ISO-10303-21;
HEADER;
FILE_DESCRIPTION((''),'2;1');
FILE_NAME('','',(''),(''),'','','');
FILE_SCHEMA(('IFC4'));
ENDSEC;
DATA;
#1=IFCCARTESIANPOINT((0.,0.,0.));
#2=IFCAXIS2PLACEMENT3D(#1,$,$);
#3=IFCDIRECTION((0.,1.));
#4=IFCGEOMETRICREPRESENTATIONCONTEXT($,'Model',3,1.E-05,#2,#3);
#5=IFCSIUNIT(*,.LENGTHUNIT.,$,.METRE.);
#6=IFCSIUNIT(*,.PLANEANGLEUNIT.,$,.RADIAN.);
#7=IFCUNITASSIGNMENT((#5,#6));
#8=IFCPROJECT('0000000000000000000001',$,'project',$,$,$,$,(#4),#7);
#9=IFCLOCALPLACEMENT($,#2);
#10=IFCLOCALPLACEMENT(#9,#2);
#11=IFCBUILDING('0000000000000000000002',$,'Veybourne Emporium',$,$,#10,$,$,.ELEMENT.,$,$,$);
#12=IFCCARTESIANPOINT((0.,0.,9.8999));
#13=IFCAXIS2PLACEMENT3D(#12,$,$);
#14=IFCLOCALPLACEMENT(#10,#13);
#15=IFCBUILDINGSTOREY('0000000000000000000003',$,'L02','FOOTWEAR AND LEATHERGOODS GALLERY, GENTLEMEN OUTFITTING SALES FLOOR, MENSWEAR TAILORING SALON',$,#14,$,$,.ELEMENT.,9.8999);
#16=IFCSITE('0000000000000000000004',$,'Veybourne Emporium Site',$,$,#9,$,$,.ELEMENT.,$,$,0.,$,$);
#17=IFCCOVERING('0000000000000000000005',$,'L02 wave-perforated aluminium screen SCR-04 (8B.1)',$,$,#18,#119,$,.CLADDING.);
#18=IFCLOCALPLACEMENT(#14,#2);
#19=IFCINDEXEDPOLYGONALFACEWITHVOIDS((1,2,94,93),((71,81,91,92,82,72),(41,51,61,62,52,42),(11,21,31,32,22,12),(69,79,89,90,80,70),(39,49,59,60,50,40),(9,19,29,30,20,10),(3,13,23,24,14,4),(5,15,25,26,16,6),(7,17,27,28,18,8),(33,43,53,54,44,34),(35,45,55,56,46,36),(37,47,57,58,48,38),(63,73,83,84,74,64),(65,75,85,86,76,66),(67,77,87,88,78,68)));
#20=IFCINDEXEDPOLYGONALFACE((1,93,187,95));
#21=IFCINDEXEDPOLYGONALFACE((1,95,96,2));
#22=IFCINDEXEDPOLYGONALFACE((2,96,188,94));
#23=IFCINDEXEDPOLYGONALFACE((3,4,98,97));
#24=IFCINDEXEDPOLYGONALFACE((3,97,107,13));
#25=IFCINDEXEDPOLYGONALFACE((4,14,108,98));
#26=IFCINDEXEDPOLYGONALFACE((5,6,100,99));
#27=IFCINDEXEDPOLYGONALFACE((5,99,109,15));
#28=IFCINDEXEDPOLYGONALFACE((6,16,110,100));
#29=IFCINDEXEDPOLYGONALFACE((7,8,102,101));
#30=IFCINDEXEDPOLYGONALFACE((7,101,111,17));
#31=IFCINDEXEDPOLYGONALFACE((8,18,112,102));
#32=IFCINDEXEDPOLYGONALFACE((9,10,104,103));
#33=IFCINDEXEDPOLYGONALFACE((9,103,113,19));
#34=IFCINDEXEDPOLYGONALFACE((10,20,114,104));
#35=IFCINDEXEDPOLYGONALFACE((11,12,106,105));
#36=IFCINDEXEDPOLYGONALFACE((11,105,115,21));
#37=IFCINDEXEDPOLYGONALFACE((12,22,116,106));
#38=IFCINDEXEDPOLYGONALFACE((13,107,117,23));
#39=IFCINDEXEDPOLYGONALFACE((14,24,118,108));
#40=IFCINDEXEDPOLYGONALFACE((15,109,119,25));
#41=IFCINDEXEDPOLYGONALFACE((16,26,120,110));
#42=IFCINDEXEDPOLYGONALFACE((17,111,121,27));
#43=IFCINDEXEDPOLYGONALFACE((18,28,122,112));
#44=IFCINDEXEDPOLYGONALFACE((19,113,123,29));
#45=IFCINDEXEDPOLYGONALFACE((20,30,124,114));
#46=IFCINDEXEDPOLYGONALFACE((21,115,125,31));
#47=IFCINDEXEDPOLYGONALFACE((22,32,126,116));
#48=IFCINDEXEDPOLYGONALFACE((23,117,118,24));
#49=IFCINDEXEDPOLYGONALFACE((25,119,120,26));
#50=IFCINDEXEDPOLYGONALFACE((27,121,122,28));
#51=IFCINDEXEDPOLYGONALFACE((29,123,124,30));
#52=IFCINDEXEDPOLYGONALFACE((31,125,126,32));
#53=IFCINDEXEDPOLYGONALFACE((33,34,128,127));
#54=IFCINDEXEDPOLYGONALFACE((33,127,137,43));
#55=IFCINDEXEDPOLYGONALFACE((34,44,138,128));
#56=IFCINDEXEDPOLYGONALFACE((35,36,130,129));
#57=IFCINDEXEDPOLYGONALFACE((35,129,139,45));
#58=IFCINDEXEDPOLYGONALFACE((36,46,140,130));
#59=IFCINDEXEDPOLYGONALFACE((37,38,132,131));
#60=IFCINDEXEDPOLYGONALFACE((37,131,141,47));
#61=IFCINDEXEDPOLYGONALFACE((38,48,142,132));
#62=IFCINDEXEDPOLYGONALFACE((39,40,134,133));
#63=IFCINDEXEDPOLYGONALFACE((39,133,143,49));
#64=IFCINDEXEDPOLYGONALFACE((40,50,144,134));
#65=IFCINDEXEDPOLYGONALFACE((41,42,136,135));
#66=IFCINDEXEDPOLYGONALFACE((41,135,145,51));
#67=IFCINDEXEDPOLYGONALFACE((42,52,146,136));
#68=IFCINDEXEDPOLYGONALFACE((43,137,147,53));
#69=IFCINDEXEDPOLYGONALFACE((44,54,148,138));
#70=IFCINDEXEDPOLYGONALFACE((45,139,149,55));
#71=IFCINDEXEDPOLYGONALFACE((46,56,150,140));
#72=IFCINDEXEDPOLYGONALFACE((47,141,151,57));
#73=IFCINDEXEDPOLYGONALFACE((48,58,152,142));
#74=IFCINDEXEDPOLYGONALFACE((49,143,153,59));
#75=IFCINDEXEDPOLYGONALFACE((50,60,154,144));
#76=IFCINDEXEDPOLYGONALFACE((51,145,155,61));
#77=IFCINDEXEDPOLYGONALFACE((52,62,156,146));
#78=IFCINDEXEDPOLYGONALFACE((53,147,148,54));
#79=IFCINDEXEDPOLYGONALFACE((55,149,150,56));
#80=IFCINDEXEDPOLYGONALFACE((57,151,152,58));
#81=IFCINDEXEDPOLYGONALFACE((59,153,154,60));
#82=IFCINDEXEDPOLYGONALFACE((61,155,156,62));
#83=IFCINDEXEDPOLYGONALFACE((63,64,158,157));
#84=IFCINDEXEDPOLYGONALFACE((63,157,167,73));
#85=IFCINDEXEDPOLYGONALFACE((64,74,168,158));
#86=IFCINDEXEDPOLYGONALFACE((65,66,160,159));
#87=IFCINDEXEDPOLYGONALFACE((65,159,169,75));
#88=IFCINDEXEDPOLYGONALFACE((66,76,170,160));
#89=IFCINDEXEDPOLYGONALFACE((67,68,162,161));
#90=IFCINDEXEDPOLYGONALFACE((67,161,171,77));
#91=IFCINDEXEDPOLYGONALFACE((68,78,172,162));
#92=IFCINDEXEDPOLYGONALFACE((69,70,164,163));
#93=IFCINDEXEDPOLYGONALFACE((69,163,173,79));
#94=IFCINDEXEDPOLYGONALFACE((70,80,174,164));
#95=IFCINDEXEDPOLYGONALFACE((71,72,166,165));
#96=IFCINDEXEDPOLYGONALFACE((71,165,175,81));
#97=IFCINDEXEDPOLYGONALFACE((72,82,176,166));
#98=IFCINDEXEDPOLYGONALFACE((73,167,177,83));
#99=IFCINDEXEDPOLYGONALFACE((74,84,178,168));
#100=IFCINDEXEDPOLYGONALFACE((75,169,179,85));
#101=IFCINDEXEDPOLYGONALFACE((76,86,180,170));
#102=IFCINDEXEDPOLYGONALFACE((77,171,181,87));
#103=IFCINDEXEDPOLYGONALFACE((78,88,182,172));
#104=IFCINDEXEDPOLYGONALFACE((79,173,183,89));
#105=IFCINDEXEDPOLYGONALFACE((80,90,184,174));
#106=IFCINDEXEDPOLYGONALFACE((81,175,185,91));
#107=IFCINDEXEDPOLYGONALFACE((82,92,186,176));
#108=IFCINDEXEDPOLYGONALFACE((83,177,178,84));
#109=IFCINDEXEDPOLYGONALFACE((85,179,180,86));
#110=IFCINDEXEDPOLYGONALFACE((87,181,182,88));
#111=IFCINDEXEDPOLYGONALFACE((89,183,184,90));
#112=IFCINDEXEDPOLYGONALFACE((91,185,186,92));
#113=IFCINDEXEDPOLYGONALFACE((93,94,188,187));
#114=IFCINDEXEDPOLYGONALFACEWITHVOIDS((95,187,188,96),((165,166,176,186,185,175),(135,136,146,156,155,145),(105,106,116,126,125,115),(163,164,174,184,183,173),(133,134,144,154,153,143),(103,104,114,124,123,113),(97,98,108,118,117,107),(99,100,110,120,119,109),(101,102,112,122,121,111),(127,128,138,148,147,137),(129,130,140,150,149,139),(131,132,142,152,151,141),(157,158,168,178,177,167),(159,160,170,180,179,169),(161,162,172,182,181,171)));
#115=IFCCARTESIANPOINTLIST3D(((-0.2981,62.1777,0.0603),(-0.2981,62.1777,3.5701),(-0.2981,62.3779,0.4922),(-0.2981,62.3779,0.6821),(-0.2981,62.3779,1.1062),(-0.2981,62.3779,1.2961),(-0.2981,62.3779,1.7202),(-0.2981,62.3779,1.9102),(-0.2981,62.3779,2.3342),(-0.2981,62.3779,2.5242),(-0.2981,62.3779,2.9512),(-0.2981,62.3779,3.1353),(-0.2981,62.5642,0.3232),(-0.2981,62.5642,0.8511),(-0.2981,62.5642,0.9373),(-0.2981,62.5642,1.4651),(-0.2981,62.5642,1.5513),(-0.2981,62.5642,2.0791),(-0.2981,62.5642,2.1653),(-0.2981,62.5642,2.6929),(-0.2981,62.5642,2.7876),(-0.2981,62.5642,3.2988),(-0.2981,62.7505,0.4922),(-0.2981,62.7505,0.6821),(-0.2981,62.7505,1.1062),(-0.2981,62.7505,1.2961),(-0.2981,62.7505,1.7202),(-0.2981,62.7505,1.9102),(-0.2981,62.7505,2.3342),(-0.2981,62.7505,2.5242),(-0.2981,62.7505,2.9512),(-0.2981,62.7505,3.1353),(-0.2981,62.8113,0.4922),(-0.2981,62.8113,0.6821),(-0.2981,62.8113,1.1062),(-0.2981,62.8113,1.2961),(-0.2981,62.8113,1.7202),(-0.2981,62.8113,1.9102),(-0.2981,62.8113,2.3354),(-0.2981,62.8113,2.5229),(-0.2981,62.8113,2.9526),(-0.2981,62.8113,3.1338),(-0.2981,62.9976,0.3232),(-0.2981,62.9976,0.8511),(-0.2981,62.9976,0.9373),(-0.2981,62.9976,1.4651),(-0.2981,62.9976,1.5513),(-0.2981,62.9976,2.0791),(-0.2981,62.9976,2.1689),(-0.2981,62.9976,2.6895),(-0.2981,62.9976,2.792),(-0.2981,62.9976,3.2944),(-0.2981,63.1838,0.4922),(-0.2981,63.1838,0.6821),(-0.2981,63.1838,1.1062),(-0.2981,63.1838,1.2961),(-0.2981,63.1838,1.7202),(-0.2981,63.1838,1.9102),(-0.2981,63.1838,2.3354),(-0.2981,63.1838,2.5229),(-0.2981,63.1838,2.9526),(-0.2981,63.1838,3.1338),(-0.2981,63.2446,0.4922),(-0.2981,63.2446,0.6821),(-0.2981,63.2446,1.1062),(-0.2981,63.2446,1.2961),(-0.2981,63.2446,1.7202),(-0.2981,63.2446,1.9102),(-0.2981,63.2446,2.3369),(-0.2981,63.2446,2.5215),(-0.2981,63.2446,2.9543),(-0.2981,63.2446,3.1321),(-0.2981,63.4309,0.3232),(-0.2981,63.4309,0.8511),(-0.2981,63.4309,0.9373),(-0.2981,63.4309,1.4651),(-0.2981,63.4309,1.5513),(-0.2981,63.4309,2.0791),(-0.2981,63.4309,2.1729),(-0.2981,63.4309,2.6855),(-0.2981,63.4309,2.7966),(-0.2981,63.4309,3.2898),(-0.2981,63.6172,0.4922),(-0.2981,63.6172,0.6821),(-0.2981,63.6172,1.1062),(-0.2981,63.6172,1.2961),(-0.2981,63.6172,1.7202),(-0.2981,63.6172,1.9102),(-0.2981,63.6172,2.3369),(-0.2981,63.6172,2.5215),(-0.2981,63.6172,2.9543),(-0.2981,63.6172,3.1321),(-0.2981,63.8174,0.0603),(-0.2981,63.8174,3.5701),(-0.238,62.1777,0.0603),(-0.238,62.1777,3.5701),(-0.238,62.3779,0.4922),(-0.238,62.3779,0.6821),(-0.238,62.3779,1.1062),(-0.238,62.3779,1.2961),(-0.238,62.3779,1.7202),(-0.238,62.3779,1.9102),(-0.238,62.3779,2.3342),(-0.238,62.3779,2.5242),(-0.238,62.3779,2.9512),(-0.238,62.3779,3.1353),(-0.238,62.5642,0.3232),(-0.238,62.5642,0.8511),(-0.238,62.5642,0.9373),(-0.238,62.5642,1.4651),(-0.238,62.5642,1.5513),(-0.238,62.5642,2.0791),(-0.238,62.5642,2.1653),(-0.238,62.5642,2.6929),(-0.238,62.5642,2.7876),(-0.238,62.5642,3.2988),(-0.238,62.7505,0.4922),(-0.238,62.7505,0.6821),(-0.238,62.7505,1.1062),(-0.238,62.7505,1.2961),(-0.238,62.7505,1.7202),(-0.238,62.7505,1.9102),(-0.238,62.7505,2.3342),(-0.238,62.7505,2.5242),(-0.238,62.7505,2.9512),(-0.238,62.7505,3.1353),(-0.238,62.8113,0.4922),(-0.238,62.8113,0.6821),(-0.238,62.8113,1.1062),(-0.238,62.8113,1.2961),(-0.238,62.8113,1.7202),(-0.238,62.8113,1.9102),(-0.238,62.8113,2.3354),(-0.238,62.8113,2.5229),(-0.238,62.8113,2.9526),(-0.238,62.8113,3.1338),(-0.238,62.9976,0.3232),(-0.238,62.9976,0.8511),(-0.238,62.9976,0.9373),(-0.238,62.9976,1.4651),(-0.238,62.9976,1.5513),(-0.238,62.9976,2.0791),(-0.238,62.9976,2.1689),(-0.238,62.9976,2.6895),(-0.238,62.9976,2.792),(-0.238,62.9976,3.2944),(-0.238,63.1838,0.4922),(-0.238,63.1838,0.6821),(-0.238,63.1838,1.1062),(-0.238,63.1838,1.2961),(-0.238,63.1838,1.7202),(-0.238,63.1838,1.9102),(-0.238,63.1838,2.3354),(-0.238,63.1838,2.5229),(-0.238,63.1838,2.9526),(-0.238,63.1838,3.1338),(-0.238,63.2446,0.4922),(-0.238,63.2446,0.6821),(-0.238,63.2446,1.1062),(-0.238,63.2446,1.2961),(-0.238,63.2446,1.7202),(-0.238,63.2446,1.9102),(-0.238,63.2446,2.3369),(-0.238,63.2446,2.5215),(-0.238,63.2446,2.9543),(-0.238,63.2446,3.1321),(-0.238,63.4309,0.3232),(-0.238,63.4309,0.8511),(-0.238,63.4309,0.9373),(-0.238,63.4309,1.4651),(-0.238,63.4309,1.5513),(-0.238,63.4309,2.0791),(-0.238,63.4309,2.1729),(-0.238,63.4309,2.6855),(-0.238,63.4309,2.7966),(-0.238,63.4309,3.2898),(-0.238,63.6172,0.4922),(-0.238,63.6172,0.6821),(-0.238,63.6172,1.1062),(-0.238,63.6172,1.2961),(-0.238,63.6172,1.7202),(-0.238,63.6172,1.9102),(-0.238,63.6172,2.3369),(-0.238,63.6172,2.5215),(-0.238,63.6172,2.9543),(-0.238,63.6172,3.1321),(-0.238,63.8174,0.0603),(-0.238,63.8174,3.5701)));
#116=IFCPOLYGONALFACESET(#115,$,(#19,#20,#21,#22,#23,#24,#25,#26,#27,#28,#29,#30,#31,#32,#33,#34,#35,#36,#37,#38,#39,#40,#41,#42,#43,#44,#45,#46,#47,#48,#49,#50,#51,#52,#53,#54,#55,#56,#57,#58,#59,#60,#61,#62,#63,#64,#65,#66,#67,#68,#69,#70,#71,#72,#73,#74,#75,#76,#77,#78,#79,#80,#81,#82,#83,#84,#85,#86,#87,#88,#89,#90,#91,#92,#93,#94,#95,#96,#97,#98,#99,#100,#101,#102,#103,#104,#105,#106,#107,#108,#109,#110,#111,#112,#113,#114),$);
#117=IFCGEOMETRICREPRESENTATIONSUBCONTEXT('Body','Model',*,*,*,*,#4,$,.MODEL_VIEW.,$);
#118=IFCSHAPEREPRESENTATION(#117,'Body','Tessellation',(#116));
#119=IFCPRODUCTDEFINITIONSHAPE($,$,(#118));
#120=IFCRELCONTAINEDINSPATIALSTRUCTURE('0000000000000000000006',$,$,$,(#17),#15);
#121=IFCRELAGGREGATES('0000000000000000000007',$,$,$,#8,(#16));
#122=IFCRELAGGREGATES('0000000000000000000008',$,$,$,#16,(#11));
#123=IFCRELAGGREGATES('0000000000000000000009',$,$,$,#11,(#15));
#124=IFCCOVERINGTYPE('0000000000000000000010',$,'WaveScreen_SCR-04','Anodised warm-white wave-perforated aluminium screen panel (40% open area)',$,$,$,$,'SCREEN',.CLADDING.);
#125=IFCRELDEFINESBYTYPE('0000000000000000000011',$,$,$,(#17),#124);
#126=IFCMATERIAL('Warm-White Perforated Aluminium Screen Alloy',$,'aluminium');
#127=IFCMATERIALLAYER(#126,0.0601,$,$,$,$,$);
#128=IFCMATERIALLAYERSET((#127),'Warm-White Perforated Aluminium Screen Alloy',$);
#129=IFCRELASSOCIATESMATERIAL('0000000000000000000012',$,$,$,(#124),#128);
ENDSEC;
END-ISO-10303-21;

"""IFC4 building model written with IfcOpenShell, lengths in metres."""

from ifc_helpers import new_model, si_unit, direction, frame, origin, place, context, subcontext, project, spatial, polyline, outline, extrude, material, layer, layer_set, type_object, element, save


model = new_model("IFC4")

# Units and contexts
model_context = context("Model", 3, precision=1e-05, world=origin(), true_north=direction((0.0, 1.0)))
body_context = subcontext(model_context, "Body", "Model", "MODEL_VIEW")
ifc_project = project(units=[si_unit("LENGTHUNIT", "METRE"), si_unit("PLANEANGLEUNIT", "RADIAN")], contexts=[model_context])

# Site, building, storey
site_placement = place(None, origin())
site = spatial("IfcSite", under=ifc_project, at=site_placement, Name="Veybourne Emporium Site", CompositionType="ELEMENT", RefElevation=0.0)
building_placement = place(site_placement, origin())
building = spatial("IfcBuilding", under=site, at=building_placement, Name="Veybourne Emporium", CompositionType="ELEMENT")
storey_placement = place(building_placement, frame((0.0, 0.0, 9.8999)))
storey = spatial("IfcBuildingStorey", under=building, at=storey_placement, Name="L02", Description="FOOTWEAR AND LEATHERGOODS GALLERY, GENTLEMEN OUTFITTING SALES FLOOR, MENSWEAR TAILORING SALON", CompositionType="ELEMENT", Elevation=9.8999)

# Covering
ifc_material_1 = material(Name="Warm-White Perforated Aluminium Screen Alloy", Category="aluminium")
ifc_layer_1 = layer(ifc_material_1, 0.0601)
ifc_layer_set_1 = layer_set([ifc_layer_1], Name="Warm-White Perforated Aluminium Screen Alloy")
covering_type_1 = type_object("IfcCoveringType", Name="WaveScreen_SCR-04", Description="Anodised warm-white wave-perforated aluminium screen panel (40% open area)", ElementType="SCREEN", PredefinedType="CLADDING", material=ifc_layer_set_1)
covering_1_placement = place(storey_placement, frame((-0.2981, 62.9976, 1.8152), z_axis=(1.0, 0.0, 0.0), x_axis=(0.0, 1.0, 0.0)))
element("IfcCovering", 1, at=covering_1_placement, inside=storey, type_object=covering_type_1, Name="L02 wave-perforated aluminium screen SCR-04 (8B.1)", PredefinedType="CLADDING", context=body_context, shape_type="SweptSolid", body=[
    extrude(outline(polyline([(-0.8198, -1.7549), (0.8198, -1.7549), (0.8198, 1.7549), (-0.8198, 1.7549), (-0.8198, -1.7549)]), holes=[polyline([(-0.4333, -0.9641), (-0.2471, -1.1331), (-0.2471, -1.323), (-0.4333, -1.4919), (-0.6196, -1.323), (-0.6196, -1.1331), (-0.4333, -0.9641)]), polyline([(-0.4333, -0.3501), (-0.2471, -0.519), (-0.2471, -0.709), (-0.4333, -0.8779), (-0.6196, -0.709), (-0.6196, -0.519), (-0.4333, -0.3501)]), polyline([(-0.4333, 0.2639), (-0.2471, 0.095), (-0.2471, -0.095), (-0.4333, -0.2639), (-0.6196, -0.095), (-0.6196, 0.095), (-0.4333, 0.2639)]), polyline([(-0.4333, 0.8777), (-0.2471, 0.709), (-0.2471, 0.519), (-0.4333, 0.3501), (-0.6196, 0.519), (-0.6196, 0.709), (-0.4333, 0.8777)]), polyline([(-0.4333, 1.4836), (-0.2471, 1.3201), (-0.2471, 1.136), (-0.4333, 0.9724), (-0.6196, 1.136), (-0.6196, 1.3201), (-0.4333, 1.4836)]), polyline([(0.0, -0.9641), (0.1863, -1.1331), (0.1863, -1.323), (0.0, -1.4919), (-0.1863, -1.323), (-0.1863, -1.1331), (0.0, -0.9641)]), polyline([(0.0, -0.3501), (0.1863, -0.519), (0.1863, -0.709), (0.0, -0.8779), (-0.1863, -0.709), (-0.1863, -0.519), (0.0, -0.3501)]), polyline([(0.0, 0.2639), (0.1863, 0.095), (0.1863, -0.095), (0.0, -0.2639), (-0.1863, -0.095), (-0.1863, 0.095), (0.0, 0.2639)]), polyline([(0.0, 0.8743), (0.1863, 0.7078), (0.1863, 0.5203), (0.0, 0.3538), (-0.1863, 0.5203), (-0.1863, 0.7078), (0.0, 0.8743)]), polyline([(0.0, 1.4792), (0.1863, 1.3186), (0.1863, 1.1375), (0.0, 0.9768), (-0.1863, 1.1375), (-0.1863, 1.3186), (0.0, 1.4792)]), polyline([(0.4333, -0.9641), (0.6196, -1.1331), (0.6196, -1.323), (0.4333, -1.4919), (0.2471, -1.323), (0.2471, -1.1331), (0.4333, -0.9641)]), polyline([(0.4333, -0.3501), (0.6196, -0.519), (0.6196, -0.709), (0.4333, -0.8779), (0.2471, -0.709), (0.2471, -0.519), (0.4333, -0.3501)]), polyline([(0.4333, 0.2639), (0.6196, 0.095), (0.6196, -0.095), (0.4333, -0.2639), (0.2471, -0.095), (0.2471, 0.095), (0.4333, 0.2639)]), polyline([(0.4333, 0.8704), (0.6196, 0.7063), (0.6196, 0.5217), (0.4333, 0.3577), (0.2471, 0.5217), (0.2471, 0.7063), (0.4333, 0.8704)]), polyline([(0.4333, 1.4746), (0.6196, 1.3169), (0.6196, 1.1392), (0.4333, 0.9814), (0.2471, 1.1392), (0.2471, 1.3169), (0.4333, 1.4746)])]), origin(), (0.0, 0.0, 1.0), 0.0601),
])

save(model, "model.ifc")
